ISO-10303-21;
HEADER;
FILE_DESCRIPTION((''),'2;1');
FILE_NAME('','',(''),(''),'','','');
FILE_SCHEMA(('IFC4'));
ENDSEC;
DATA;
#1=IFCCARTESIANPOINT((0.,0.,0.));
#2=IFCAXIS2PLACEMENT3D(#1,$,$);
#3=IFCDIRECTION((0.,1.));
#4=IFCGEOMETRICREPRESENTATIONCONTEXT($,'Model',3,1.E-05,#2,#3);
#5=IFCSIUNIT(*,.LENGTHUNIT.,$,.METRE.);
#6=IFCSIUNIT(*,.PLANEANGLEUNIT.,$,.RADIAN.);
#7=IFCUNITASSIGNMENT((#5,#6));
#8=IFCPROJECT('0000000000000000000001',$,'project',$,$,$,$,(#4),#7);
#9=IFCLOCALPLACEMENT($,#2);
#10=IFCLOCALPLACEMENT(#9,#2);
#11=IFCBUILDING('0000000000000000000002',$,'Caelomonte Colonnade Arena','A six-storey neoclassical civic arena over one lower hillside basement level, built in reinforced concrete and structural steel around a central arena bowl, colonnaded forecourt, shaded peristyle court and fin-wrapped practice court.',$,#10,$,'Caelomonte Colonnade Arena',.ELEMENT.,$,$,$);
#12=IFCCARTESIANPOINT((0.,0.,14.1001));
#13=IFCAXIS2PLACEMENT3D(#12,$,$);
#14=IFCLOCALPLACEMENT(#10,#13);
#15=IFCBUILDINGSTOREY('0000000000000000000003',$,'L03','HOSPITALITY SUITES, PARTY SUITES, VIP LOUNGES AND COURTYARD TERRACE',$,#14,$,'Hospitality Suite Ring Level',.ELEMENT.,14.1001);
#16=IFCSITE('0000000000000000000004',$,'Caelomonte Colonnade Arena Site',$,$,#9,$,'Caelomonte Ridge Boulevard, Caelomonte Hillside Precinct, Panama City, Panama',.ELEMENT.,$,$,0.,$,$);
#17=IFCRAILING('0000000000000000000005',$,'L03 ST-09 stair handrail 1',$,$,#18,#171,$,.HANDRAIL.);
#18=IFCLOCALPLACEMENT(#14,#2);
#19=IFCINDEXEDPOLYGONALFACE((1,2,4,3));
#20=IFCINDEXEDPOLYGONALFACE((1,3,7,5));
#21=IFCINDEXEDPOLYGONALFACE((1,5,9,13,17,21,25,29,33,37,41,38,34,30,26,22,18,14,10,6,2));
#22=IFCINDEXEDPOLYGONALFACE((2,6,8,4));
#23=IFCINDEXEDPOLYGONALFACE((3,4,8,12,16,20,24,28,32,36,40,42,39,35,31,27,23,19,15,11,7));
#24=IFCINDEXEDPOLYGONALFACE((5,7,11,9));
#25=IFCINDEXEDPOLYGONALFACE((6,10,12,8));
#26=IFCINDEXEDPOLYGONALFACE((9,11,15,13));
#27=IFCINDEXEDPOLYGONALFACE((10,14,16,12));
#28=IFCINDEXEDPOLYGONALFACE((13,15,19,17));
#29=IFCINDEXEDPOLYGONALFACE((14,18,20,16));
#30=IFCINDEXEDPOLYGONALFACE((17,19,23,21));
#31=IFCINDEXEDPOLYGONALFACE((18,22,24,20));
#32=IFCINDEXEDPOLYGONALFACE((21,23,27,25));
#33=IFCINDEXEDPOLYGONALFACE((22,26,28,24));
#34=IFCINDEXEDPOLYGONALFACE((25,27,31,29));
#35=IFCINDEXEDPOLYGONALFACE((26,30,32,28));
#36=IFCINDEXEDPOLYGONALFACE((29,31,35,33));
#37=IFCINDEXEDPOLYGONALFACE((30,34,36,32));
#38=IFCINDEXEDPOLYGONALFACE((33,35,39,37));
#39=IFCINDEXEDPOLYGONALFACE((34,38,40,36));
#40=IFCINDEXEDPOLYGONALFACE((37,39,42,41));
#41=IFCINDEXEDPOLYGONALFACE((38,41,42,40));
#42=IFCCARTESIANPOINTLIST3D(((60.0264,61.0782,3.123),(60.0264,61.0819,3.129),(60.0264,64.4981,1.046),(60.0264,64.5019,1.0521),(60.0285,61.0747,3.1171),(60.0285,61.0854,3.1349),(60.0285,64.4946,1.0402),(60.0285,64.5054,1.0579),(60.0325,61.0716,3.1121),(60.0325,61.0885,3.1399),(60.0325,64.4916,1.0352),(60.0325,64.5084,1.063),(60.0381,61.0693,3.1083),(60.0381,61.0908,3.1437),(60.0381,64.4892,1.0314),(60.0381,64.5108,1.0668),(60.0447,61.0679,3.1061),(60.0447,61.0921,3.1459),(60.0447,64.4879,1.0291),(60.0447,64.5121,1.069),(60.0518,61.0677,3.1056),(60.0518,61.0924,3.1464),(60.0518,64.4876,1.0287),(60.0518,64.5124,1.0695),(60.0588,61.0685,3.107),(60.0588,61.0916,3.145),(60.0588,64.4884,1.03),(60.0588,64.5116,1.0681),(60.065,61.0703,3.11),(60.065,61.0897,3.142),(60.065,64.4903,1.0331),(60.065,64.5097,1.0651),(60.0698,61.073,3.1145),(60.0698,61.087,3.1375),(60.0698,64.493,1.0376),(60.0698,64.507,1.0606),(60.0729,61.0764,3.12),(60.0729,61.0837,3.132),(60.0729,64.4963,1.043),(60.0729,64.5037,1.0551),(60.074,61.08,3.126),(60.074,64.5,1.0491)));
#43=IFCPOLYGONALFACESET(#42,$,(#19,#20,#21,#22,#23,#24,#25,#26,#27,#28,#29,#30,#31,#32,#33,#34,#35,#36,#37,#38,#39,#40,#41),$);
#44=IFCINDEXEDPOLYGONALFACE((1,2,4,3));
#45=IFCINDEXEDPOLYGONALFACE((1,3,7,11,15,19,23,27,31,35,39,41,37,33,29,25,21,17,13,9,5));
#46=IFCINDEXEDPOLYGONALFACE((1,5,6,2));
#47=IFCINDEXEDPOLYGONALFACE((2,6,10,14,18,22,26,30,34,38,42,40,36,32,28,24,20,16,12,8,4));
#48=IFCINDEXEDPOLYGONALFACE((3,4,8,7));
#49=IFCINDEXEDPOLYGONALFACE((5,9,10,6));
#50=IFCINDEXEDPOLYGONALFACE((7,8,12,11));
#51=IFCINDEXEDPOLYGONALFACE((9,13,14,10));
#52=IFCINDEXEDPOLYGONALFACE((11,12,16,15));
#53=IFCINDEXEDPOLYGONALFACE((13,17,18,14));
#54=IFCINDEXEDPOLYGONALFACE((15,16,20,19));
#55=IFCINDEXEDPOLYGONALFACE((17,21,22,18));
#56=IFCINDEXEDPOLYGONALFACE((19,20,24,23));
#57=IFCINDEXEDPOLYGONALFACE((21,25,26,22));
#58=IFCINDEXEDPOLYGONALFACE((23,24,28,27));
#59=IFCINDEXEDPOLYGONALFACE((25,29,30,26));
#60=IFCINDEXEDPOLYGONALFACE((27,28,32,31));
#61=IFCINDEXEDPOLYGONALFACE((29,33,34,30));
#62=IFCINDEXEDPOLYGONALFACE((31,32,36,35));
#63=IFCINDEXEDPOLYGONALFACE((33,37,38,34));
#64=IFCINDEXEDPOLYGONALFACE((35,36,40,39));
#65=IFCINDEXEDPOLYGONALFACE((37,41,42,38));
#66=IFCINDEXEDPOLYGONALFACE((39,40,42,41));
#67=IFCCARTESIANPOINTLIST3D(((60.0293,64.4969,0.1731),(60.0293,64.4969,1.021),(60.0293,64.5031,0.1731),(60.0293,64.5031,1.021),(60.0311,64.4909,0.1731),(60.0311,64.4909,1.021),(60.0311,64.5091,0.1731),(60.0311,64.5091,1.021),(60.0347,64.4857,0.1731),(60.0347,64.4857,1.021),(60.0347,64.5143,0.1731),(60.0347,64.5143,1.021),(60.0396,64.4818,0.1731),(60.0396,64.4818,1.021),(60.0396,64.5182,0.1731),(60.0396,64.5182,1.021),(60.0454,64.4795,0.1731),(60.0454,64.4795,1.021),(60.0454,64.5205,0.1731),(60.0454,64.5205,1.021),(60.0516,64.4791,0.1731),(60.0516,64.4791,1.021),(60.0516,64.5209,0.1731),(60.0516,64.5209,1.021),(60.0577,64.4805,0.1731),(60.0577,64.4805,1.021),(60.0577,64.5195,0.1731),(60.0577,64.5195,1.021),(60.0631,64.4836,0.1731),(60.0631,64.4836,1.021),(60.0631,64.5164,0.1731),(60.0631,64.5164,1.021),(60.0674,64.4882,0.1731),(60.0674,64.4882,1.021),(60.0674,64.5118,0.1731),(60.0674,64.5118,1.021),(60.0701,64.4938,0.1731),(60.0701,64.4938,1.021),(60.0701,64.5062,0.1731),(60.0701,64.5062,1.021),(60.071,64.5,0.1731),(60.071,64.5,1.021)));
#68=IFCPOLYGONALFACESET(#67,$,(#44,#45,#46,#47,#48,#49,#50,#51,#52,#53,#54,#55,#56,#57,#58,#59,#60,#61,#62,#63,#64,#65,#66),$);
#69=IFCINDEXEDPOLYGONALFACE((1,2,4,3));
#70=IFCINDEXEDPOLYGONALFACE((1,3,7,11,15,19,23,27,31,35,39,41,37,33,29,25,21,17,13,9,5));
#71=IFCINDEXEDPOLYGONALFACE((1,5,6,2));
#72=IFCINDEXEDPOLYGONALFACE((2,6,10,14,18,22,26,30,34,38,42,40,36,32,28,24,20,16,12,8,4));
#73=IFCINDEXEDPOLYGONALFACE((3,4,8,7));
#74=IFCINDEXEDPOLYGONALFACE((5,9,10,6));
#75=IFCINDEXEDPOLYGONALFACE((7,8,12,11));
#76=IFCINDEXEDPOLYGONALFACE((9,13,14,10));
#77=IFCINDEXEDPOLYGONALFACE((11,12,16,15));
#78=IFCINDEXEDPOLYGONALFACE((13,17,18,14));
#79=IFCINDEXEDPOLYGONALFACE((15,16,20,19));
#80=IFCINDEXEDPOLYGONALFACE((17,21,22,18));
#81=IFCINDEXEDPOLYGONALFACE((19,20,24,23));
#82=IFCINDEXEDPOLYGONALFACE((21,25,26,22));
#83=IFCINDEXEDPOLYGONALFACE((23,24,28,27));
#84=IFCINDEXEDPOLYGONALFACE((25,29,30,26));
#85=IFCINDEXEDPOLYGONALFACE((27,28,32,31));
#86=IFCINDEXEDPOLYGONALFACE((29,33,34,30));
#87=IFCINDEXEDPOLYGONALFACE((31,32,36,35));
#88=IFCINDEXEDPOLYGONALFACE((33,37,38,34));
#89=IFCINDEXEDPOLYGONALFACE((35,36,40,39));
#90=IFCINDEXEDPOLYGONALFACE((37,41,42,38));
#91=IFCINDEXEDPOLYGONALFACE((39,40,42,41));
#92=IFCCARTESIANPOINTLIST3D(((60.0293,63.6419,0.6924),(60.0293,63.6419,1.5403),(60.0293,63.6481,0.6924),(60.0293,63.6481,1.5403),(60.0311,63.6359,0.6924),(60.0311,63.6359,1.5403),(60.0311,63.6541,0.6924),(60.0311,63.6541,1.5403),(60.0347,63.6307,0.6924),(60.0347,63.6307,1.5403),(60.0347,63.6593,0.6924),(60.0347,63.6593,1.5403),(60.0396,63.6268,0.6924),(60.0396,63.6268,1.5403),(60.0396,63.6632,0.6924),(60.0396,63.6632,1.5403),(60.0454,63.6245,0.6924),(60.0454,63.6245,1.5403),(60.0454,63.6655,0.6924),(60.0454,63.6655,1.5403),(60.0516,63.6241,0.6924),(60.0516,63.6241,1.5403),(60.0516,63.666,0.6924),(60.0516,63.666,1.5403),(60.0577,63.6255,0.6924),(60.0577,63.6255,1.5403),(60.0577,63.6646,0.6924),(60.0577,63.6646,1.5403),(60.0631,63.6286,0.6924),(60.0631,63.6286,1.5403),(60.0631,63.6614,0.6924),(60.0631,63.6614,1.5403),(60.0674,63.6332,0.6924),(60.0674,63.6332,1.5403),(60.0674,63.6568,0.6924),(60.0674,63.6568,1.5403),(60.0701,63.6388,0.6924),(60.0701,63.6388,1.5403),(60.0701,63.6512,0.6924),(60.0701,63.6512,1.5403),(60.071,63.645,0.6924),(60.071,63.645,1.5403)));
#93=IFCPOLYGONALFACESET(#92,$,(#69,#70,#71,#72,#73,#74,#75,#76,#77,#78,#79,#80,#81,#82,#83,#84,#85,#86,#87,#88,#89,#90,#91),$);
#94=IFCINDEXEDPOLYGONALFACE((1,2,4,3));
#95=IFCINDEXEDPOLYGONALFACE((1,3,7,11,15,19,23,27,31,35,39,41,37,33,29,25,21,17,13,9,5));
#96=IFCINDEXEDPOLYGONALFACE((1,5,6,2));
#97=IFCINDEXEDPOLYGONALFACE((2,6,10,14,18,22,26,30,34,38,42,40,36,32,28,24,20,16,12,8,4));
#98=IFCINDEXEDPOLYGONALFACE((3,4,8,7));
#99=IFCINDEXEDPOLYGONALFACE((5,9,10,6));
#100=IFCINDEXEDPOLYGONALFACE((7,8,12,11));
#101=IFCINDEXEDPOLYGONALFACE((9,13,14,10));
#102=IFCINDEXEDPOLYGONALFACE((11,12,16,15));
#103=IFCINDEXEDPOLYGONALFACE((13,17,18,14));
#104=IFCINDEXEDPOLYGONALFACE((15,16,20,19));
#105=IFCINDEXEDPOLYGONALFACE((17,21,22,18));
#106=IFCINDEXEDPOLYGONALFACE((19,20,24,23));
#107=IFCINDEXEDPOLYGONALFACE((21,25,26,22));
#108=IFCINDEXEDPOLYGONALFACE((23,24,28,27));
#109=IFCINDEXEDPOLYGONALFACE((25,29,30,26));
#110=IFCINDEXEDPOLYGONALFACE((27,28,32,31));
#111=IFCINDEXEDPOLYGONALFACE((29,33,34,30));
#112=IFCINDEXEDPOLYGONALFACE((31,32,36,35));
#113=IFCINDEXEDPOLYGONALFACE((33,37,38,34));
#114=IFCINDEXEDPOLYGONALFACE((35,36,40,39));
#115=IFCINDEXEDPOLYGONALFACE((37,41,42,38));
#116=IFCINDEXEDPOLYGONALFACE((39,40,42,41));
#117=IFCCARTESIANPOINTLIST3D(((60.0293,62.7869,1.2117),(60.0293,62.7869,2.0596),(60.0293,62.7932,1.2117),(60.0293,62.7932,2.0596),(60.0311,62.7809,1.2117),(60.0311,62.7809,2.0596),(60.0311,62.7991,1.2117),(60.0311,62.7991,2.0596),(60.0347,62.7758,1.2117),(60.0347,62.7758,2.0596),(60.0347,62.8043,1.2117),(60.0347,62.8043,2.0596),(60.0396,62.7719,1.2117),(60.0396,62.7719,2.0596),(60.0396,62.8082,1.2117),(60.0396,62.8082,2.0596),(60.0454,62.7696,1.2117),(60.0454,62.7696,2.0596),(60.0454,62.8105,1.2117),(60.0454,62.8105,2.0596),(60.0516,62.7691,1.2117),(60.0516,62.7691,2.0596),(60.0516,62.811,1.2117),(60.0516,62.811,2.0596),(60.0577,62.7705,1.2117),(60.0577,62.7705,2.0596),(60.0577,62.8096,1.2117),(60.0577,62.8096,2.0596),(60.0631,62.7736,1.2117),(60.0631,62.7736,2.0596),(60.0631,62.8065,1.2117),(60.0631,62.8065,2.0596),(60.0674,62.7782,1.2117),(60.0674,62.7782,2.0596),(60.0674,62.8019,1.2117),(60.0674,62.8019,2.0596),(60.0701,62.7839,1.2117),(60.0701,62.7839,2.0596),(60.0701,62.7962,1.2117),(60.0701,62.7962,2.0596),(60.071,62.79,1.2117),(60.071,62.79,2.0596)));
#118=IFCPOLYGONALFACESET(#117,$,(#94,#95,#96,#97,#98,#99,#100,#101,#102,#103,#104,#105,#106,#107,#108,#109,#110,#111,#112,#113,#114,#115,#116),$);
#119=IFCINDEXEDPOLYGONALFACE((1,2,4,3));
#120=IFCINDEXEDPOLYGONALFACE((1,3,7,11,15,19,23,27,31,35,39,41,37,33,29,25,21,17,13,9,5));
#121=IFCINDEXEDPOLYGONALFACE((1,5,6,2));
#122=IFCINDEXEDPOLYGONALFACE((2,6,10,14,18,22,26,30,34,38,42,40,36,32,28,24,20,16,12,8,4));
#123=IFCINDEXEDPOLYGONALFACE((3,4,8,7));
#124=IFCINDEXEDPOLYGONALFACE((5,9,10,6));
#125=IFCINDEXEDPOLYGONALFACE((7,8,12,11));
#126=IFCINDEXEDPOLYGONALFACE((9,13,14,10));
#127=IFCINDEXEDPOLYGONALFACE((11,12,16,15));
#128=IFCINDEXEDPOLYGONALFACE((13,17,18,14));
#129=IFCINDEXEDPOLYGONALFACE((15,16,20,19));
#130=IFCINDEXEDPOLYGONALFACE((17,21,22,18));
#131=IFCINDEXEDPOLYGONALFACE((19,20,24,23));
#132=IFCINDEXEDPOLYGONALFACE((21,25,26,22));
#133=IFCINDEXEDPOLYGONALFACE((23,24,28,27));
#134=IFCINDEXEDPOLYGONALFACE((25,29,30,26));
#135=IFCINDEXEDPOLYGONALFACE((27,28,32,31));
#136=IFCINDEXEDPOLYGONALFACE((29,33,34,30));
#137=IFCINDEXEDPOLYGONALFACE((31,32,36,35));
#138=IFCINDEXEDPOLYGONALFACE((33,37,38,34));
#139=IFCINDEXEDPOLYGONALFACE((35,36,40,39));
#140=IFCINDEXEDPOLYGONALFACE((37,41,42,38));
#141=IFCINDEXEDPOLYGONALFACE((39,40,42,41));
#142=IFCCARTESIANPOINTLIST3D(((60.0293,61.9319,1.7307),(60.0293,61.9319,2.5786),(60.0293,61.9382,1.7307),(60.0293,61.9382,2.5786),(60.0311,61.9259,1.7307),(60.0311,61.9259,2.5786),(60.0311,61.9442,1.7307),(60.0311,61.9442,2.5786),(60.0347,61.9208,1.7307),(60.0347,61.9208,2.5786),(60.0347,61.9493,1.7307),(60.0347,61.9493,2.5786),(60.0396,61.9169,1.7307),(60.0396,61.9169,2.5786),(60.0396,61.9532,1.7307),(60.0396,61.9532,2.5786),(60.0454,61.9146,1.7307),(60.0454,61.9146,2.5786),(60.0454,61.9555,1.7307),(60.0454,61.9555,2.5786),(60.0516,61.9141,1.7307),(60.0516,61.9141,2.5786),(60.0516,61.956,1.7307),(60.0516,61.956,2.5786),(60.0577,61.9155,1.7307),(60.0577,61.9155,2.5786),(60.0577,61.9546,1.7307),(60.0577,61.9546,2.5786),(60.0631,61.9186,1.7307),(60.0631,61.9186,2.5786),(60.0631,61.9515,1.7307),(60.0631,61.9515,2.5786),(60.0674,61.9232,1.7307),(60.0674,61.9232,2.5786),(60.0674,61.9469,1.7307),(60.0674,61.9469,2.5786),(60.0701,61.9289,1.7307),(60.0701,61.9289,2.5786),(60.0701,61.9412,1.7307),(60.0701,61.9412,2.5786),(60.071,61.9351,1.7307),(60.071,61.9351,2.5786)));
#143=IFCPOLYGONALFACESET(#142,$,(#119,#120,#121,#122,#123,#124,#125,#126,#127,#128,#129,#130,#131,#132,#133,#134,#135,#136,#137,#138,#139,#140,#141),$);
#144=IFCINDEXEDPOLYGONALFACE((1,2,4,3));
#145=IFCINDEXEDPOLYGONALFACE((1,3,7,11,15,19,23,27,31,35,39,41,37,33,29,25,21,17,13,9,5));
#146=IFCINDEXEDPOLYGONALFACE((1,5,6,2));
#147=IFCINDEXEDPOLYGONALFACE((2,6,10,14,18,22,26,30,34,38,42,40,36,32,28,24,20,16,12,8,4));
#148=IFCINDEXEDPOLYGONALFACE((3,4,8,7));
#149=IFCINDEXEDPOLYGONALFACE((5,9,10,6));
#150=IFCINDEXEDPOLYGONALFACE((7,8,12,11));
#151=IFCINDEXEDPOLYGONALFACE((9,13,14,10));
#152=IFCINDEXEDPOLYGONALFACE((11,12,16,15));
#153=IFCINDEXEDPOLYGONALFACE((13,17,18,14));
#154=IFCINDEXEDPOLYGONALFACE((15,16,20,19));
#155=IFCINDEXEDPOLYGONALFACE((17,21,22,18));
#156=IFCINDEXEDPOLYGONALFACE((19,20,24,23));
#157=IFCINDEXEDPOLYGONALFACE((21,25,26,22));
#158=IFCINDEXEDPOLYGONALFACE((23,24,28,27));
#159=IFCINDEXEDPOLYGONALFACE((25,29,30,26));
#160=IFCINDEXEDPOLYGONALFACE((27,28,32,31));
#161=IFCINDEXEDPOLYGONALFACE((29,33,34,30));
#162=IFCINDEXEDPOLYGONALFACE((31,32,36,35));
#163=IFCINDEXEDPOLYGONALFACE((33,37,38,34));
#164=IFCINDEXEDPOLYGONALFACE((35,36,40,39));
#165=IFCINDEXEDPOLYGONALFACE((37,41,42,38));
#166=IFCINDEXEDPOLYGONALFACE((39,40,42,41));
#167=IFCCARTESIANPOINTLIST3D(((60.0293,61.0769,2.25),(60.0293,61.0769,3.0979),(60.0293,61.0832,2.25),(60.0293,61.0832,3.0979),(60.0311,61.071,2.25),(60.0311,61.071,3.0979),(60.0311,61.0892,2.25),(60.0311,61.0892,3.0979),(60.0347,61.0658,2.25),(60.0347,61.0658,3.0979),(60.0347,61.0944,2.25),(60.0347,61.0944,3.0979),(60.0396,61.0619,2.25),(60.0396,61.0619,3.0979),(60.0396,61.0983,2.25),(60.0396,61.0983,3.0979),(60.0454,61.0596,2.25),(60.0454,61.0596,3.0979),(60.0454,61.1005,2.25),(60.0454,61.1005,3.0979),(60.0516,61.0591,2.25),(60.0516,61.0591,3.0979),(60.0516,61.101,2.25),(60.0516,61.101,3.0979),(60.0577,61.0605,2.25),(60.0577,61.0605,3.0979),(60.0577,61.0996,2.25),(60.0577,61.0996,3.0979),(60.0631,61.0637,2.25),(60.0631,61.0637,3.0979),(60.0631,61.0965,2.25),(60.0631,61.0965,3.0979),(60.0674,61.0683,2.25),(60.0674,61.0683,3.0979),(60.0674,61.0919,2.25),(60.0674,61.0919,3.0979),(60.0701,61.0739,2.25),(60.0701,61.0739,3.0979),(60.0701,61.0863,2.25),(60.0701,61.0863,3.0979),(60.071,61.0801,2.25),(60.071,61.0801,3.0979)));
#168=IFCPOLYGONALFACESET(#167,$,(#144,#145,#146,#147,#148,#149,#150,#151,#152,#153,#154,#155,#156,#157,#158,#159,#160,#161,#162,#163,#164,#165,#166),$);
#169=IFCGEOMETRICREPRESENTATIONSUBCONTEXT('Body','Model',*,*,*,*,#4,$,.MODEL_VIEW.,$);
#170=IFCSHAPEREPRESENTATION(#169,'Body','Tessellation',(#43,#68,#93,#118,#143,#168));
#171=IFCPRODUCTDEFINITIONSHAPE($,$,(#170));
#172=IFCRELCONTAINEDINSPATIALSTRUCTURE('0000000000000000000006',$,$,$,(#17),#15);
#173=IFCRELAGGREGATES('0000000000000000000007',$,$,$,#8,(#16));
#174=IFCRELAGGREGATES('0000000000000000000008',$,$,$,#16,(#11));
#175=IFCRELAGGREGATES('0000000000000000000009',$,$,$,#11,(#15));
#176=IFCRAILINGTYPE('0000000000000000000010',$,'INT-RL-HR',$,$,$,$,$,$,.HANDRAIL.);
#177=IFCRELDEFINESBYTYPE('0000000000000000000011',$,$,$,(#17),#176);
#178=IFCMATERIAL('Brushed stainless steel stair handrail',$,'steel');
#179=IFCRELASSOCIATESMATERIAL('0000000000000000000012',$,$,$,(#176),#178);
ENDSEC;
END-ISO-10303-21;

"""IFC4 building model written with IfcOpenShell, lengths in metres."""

from ifc_helpers import new_model, si_unit, direction, frame, origin, origin_2d, place, context, subcontext, project, spatial, circle, extrude, material, type_object, element, save


model = new_model("IFC4")

# Units and contexts
model_context = context("Model", 3, precision=1e-05, world=origin(), true_north=direction((0.0, 1.0)))
body_context = subcontext(model_context, "Body", "Model", "MODEL_VIEW")
ifc_project = project(units=[si_unit("LENGTHUNIT", "METRE"), si_unit("PLANEANGLEUNIT", "RADIAN")], contexts=[model_context])

# Site, building, storey
site_placement = place(None, origin())
site = spatial("IfcSite", under=ifc_project, at=site_placement, Name="Caelomonte Colonnade Arena Site", LongName="Caelomonte Ridge Boulevard, Caelomonte Hillside Precinct, Panama City, Panama", CompositionType="ELEMENT", RefElevation=0.0)
building_placement = place(site_placement, origin())
building = spatial("IfcBuilding", under=site, at=building_placement, Name="Caelomonte Colonnade Arena", Description="A six-storey neoclassical civic arena over one lower hillside basement level, built in reinforced concrete and structural steel around a central arena bowl, colonnaded forecourt, shaded peristyle court and fin-wrapped practice court.", LongName="Caelomonte Colonnade Arena", CompositionType="ELEMENT")
storey_placement = place(building_placement, frame((0.0, 0.0, 14.1001)))
storey = spatial("IfcBuildingStorey", under=building, at=storey_placement, Name="L03", Description="HOSPITALITY SUITES, PARTY SUITES, VIP LOUNGES AND COURTYARD TERRACE", LongName="Hospitality Suite Ring Level", CompositionType="ELEMENT", Elevation=14.1001)

# Railing
ifc_material_1 = material(Name="Brushed stainless steel stair handrail", Category="steel")
railing_type_1 = type_object("IfcRailingType", Name="INT-RL-HR", PredefinedType="HANDRAIL", material=ifc_material_1)
railing_1_placement = place(storey_placement, frame((60.05, 64.5, 0.1731)))
element("IfcRailing", 1, at=railing_1_placement, inside=storey, type_object=railing_type_1, Name="L03 ST-09 stair handrail 1", PredefinedType="HANDRAIL", context=body_context, shape_type="SweptSolid", body=[
    extrude(circle(Radius=0.0239, at=origin_2d()), frame((0.0, 0.0, 0.876), z_axis=(0.0, -0.85473, 0.519074), x_axis=(1.0, 0.0, 0.0)), (0.0, 0.0, 1.0), 4.0012),
    extrude(circle(Radius=0.021, at=origin_2d()), origin(), (0.0, 0.0, 1.0), 0.8479),
    extrude(circle(Radius=0.021, at=origin_2d()), frame((0.0, -0.855, 0.5193)), (0.0, 0.0, 1.0), 0.8479),
    extrude(circle(Radius=0.021, at=origin_2d()), frame((0.0, -1.71, 1.0386)), (0.0, 0.0, 1.0), 0.8479),
    extrude(circle(Radius=0.021, at=origin_2d()), frame((0.0, -2.5649, 1.5576)), (0.0, 0.0, 1.0), 0.8479),
    extrude(circle(Radius=0.021, at=origin_2d()), frame((0.0, -3.4199, 2.0769)), (0.0, 0.0, 1.0), 0.8479),
])

save(model, "model.ifc")
